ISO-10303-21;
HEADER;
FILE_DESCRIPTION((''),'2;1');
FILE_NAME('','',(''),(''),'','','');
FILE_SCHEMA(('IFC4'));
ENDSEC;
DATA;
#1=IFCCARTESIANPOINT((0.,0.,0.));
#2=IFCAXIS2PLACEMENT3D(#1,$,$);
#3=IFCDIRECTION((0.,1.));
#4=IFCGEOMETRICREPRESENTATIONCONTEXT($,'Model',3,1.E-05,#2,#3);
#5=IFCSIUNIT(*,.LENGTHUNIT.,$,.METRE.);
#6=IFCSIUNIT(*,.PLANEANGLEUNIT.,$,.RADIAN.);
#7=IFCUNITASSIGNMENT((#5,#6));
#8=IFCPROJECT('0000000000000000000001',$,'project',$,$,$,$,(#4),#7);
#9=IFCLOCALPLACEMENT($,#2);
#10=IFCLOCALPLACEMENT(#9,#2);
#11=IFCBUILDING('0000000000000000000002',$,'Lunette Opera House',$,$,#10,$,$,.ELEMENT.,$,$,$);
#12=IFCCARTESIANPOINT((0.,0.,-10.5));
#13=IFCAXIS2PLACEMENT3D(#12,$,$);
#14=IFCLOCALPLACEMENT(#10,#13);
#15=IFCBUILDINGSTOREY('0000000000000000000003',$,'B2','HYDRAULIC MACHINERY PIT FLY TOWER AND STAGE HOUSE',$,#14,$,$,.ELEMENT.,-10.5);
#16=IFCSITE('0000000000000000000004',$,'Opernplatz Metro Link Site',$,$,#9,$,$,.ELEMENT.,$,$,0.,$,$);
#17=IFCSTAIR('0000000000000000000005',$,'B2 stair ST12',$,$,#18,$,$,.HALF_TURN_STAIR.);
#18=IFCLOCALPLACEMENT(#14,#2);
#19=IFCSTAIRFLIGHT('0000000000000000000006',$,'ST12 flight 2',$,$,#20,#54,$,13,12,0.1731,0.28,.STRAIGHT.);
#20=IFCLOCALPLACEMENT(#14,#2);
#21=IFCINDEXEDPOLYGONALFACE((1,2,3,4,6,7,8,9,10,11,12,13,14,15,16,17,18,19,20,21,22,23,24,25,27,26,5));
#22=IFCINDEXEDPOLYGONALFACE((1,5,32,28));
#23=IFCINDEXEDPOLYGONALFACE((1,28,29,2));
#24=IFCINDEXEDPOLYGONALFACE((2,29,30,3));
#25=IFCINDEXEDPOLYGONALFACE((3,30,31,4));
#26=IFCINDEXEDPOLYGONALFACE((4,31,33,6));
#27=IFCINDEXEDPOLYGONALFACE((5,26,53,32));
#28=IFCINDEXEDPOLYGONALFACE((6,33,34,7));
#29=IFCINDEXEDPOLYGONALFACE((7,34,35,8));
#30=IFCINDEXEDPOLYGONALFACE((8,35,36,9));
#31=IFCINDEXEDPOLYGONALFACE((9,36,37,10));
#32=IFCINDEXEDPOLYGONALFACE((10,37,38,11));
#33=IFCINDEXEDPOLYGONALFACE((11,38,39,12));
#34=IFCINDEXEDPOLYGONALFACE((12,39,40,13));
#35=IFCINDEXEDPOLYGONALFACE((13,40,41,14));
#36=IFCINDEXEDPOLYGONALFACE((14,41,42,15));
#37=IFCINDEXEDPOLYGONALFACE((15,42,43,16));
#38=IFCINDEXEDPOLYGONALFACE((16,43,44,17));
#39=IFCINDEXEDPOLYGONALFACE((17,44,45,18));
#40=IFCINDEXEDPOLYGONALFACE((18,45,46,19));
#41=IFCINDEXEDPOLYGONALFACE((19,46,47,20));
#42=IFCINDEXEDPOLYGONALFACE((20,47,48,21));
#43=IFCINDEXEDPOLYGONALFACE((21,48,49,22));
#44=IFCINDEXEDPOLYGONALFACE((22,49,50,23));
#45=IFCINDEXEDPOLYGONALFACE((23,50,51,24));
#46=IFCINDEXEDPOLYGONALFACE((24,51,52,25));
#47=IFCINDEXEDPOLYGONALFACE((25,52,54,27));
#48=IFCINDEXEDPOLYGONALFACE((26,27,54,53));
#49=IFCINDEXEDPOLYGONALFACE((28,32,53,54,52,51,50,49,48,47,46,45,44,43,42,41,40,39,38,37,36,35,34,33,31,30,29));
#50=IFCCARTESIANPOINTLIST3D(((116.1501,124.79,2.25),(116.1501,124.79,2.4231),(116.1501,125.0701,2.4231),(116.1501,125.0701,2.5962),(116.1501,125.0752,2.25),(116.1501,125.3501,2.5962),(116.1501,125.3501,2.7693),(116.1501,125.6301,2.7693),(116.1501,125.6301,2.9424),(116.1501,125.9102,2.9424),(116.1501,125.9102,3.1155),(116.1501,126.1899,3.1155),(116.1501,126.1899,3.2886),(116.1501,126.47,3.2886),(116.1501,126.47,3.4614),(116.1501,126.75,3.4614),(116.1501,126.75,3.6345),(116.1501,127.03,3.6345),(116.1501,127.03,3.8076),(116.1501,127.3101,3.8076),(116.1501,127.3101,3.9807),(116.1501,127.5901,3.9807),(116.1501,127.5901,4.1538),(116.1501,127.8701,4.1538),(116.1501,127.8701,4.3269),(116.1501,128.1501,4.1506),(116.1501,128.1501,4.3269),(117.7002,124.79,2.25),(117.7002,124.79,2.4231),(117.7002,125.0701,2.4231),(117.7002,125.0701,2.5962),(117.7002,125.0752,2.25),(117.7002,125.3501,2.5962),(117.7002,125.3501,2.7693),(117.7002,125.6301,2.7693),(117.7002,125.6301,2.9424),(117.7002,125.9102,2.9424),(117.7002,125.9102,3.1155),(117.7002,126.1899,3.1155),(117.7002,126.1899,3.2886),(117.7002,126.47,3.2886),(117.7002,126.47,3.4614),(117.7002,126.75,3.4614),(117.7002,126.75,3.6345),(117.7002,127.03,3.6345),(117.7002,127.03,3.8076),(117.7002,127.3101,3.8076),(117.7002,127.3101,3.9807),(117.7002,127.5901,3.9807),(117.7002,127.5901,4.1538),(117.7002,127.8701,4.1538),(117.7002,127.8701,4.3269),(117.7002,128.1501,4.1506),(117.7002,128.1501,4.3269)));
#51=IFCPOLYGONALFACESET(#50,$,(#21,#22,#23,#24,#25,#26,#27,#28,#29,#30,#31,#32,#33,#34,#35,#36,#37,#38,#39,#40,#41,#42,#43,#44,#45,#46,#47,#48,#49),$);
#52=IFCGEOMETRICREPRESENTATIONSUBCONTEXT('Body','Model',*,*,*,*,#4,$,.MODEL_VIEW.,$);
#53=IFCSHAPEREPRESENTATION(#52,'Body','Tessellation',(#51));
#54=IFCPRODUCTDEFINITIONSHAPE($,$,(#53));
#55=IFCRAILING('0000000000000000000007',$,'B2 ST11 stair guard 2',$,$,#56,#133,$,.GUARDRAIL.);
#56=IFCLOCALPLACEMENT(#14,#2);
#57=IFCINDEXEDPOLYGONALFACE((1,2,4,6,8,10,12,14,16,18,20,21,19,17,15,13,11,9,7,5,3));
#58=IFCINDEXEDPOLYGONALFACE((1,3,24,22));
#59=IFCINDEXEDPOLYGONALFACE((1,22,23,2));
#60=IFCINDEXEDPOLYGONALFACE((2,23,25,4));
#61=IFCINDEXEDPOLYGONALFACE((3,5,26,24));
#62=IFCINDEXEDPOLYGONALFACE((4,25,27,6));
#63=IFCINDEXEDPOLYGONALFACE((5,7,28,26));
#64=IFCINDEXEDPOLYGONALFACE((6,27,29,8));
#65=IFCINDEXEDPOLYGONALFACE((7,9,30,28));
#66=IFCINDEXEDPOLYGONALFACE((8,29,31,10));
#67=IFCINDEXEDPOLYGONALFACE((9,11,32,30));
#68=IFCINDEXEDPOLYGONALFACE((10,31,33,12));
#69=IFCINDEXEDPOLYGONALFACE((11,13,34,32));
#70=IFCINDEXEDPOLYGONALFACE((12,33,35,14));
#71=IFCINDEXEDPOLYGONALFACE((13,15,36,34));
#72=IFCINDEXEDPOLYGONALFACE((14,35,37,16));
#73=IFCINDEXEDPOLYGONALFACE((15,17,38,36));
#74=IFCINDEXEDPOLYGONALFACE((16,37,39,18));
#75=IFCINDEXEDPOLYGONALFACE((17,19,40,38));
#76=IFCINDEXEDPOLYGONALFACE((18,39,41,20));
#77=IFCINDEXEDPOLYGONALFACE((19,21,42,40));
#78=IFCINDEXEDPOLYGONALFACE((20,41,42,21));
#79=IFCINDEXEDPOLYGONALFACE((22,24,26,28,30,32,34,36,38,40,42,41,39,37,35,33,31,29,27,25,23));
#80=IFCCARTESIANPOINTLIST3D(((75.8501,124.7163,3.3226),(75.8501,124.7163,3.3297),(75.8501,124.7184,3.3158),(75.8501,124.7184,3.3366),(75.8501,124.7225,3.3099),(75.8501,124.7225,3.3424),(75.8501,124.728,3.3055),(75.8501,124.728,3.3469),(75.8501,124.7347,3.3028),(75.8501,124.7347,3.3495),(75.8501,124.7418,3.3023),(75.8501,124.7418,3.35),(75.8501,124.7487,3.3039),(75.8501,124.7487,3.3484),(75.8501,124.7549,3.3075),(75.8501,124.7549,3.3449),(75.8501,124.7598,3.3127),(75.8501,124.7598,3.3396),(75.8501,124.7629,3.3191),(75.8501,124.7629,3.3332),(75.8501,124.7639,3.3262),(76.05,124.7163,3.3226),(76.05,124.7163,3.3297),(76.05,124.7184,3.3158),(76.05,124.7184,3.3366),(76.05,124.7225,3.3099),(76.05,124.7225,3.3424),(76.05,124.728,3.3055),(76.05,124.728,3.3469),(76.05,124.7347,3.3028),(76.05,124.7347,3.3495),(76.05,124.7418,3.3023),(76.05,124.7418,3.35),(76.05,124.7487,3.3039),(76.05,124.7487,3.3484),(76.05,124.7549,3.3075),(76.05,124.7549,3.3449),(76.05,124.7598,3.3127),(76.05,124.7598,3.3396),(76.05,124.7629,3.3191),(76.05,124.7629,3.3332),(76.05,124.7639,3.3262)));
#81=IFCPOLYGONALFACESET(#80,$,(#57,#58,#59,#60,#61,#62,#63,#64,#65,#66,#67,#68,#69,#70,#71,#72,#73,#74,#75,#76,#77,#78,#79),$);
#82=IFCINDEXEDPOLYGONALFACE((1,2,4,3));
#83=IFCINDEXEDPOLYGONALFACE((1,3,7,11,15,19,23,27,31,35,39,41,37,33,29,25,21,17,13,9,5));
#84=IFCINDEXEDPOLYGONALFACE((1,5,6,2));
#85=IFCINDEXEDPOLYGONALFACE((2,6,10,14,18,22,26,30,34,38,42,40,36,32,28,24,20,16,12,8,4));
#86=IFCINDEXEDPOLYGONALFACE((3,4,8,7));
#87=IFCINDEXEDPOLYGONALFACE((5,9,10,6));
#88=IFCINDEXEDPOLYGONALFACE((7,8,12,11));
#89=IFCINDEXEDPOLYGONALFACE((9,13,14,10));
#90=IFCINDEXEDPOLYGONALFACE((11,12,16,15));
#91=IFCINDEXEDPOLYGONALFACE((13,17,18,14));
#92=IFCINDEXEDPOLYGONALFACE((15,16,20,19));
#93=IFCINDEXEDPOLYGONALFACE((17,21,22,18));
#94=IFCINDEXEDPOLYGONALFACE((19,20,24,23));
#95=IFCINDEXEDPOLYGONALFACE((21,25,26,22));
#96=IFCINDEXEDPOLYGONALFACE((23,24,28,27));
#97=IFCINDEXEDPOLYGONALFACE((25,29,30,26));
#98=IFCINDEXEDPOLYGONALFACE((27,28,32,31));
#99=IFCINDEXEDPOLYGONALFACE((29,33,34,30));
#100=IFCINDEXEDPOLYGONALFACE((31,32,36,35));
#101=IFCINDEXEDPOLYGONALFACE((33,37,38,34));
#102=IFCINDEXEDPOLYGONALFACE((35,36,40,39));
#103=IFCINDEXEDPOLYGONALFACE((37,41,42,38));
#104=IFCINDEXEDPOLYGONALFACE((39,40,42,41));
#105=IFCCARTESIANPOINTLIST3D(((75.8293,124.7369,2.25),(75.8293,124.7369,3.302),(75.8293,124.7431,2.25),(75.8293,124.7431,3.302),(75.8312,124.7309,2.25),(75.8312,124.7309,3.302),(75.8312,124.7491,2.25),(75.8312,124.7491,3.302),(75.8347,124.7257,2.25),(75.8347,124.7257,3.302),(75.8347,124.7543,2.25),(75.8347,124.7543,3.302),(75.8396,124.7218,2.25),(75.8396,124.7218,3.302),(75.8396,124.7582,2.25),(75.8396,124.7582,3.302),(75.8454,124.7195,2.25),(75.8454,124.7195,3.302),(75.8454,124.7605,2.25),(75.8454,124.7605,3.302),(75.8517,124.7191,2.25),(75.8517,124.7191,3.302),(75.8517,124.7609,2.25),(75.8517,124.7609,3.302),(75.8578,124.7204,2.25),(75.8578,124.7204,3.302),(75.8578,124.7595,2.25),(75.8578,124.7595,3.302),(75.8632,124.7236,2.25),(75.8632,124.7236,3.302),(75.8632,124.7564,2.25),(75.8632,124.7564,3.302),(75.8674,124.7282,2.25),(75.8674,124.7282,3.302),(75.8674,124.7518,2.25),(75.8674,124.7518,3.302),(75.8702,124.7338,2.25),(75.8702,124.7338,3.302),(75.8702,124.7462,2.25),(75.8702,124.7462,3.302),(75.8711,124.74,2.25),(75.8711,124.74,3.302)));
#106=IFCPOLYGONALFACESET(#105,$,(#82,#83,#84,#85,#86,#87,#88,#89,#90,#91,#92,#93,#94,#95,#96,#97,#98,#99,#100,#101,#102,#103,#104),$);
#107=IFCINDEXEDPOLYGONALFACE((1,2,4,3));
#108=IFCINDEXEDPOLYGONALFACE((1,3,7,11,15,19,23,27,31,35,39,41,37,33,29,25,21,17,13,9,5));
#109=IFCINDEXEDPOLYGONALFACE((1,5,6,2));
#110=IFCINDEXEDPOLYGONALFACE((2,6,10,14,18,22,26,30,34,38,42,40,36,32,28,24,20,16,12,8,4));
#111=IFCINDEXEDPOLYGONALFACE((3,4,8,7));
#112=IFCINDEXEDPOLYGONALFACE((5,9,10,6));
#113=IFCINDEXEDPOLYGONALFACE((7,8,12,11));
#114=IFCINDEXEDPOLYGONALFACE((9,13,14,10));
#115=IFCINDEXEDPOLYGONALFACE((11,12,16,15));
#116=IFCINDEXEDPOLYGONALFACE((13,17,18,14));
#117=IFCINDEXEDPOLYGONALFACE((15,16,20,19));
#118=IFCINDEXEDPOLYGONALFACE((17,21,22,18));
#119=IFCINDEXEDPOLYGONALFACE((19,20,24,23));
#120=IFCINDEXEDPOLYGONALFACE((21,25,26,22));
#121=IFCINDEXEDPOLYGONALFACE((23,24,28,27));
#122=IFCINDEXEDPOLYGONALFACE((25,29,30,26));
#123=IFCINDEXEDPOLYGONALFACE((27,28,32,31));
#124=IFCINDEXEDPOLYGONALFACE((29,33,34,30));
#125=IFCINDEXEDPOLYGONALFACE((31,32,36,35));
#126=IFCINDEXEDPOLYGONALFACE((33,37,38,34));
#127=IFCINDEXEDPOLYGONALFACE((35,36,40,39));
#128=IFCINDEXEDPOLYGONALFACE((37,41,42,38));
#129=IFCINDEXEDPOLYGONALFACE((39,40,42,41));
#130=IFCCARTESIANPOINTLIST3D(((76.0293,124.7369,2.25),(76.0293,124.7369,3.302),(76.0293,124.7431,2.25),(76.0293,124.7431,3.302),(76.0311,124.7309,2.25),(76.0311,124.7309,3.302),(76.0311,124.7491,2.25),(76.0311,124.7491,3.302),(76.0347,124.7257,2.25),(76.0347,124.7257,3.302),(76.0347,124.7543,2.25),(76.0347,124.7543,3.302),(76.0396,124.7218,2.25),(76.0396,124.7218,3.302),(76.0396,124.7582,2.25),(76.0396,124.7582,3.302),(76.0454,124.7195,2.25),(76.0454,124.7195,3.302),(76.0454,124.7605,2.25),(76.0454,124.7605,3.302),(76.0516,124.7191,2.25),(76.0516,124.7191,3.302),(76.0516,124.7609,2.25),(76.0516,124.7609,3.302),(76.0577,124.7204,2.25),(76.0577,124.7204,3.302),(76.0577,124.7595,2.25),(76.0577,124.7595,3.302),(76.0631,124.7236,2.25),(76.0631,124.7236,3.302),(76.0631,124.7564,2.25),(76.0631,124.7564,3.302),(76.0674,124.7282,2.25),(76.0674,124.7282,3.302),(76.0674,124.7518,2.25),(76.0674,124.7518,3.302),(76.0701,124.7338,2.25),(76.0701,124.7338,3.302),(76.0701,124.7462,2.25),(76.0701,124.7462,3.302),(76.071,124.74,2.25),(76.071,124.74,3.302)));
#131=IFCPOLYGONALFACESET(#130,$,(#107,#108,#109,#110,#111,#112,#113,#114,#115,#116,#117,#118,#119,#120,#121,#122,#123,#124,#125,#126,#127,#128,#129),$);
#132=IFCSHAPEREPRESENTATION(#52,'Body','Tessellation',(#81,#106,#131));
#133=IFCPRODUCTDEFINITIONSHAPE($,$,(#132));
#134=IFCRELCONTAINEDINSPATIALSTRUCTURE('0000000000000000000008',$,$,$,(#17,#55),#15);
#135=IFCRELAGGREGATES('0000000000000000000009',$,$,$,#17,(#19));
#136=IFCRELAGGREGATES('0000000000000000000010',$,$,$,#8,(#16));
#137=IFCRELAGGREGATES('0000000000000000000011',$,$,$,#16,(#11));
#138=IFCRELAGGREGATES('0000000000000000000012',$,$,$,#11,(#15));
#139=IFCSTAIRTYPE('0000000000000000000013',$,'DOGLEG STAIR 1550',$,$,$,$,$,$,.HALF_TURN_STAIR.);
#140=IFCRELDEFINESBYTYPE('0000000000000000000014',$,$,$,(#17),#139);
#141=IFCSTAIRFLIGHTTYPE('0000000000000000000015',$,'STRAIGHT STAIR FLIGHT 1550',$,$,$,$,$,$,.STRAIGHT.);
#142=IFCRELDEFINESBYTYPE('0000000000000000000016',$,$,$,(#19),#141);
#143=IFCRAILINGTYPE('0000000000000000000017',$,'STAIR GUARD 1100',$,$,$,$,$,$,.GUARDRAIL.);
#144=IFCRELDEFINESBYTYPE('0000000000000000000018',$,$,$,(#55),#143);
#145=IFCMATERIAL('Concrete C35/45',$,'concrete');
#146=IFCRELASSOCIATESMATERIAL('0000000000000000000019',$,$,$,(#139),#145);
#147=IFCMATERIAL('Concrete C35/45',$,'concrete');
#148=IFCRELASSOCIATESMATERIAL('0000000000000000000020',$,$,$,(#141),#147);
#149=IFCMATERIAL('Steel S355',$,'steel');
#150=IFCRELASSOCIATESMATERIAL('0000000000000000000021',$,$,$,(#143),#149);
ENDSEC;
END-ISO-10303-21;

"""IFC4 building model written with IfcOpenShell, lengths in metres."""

from ifc_helpers import new_model, si_unit, direction, frame, origin, origin_2d, place, context, subcontext, project, spatial, polyline, circle, outline, extrude, material, type_object, element, aggregate, save


model = new_model("IFC4")

# Units and contexts
model_context = context("Model", 3, precision=1e-05, world=origin(), true_north=direction((0.0, 1.0)))
body_context = subcontext(model_context, "Body", "Model", "MODEL_VIEW")
ifc_project = project(units=[si_unit("LENGTHUNIT", "METRE"), si_unit("PLANEANGLEUNIT", "RADIAN")], contexts=[model_context])

# Site, building, storey
site_placement = place(None, origin())
site = spatial("IfcSite", under=ifc_project, at=site_placement, Name="Opernplatz Metro Link Site", CompositionType="ELEMENT", RefElevation=0.0)
building_placement = place(site_placement, origin())
building = spatial("IfcBuilding", under=site, at=building_placement, Name="Lunette Opera House", CompositionType="ELEMENT")
storey_placement = place(building_placement, frame((0.0, 0.0, -10.5)))
storey = spatial("IfcBuildingStorey", under=building, at=storey_placement, Name="B2", Description="HYDRAULIC MACHINERY PIT FLY TOWER AND STAGE HOUSE", CompositionType="ELEMENT", Elevation=-10.5)

# Stair
ifc_material_1 = material(Name="Concrete C35/45", Category="concrete")
stair_type = type_object("IfcStairType", Name="DOGLEG STAIR 1550", PredefinedType="HALF_TURN_STAIR", material=ifc_material_1)
stair_1_placement = place(storey_placement, origin())
stair_1 = element("IfcStair", 1, at=stair_1_placement, inside=storey, type_object=stair_type, Name="B2 stair ST12", PredefinedType="HALF_TURN_STAIR")

# Stair flight
ifc_material_2 = material(Name="Concrete C35/45", Category="concrete")
stair_flight_type = type_object("IfcStairFlightType", Name="STRAIGHT STAIR FLIGHT 1550", PredefinedType="STRAIGHT", material=ifc_material_2)
stair_flight_1_placement = place(storey_placement, frame((116.925, 124.79, 2.25), z_axis=(0.0, 0.0, 1.0), x_axis=(0.0, 1.0, 0.0)))
stair_flight_1 = element("IfcStairFlight", 2, at=stair_flight_1_placement, type_object=stair_flight_type, Name="ST12 flight 2", NumberOfRisers=13, NumberOfTreads=12, PredefinedType="STRAIGHT", RiserHeight=0.1731, TreadLength=0.28, context=body_context, shape_type="SweptSolid", body=[
    extrude(outline(polyline([(0.0, 0.0), (0.0, 0.1731), (0.28, 0.1731), (0.28, 0.3462), (0.5601, 0.3462), (0.5601, 0.5193), (0.8401, 0.5193), (0.8401, 0.6924), (1.1201, 0.6924), (1.1201, 0.8655), (1.3999, 0.8655), (1.3999, 1.0386), (1.6799, 1.0386), (1.6799, 1.2114), (1.96, 1.2114), (1.96, 1.3845), (2.24, 1.3845), (2.24, 1.5576), (2.52, 1.5576), (2.52, 1.7307), (2.8, 1.7307), (2.8, 1.9038), (3.0801, 1.9038), (3.0801, 2.0769), (3.3601, 2.0769), (3.3601, 2.25), (3.3601, 1.9006), (0.2852, 0.0), (0.0, 0.0)])), frame((0.0, 0.7749, 0.0), z_axis=(0.0, -1.0, 0.0), x_axis=(1.0, 0.0, 0.0)), (0.0, 0.0, 1.0), 1.55),
])
aggregate(stair_1, [stair_flight_1])

# Railing
ifc_material_3 = material(Name="Steel S355", Category="steel")
railing_type_1 = type_object("IfcRailingType", Name="STAIR GUARD 1100", PredefinedType="GUARDRAIL", material=ifc_material_3)
railing_1_placement = place(storey_placement, frame((75.8501, 124.74, 2.25)))
element("IfcRailing", 3, at=railing_1_placement, inside=storey, type_object=railing_type_1, Name="B2 ST11 stair guard 2", PredefinedType="GUARDRAIL", context=body_context, shape_type="SweptSolid", body=[
    extrude(circle(Radius=0.0239, at=origin_2d()), frame((0.0, 0.0, 1.0762), z_axis=(1.0, 0.0, 0.0), x_axis=(0.0, 1.0, 0.0)), (0.0, 0.0, 1.0), 0.2),
    extrude(circle(Radius=0.021, at=origin_2d()), origin(), (0.0, 0.0, 1.0), 1.052),
    extrude(circle(Radius=0.021, at=origin_2d()), frame((0.2, 0.0, 0.0)), (0.0, 0.0, 1.0), 1.052),
])

save(model, "model.ifc")
